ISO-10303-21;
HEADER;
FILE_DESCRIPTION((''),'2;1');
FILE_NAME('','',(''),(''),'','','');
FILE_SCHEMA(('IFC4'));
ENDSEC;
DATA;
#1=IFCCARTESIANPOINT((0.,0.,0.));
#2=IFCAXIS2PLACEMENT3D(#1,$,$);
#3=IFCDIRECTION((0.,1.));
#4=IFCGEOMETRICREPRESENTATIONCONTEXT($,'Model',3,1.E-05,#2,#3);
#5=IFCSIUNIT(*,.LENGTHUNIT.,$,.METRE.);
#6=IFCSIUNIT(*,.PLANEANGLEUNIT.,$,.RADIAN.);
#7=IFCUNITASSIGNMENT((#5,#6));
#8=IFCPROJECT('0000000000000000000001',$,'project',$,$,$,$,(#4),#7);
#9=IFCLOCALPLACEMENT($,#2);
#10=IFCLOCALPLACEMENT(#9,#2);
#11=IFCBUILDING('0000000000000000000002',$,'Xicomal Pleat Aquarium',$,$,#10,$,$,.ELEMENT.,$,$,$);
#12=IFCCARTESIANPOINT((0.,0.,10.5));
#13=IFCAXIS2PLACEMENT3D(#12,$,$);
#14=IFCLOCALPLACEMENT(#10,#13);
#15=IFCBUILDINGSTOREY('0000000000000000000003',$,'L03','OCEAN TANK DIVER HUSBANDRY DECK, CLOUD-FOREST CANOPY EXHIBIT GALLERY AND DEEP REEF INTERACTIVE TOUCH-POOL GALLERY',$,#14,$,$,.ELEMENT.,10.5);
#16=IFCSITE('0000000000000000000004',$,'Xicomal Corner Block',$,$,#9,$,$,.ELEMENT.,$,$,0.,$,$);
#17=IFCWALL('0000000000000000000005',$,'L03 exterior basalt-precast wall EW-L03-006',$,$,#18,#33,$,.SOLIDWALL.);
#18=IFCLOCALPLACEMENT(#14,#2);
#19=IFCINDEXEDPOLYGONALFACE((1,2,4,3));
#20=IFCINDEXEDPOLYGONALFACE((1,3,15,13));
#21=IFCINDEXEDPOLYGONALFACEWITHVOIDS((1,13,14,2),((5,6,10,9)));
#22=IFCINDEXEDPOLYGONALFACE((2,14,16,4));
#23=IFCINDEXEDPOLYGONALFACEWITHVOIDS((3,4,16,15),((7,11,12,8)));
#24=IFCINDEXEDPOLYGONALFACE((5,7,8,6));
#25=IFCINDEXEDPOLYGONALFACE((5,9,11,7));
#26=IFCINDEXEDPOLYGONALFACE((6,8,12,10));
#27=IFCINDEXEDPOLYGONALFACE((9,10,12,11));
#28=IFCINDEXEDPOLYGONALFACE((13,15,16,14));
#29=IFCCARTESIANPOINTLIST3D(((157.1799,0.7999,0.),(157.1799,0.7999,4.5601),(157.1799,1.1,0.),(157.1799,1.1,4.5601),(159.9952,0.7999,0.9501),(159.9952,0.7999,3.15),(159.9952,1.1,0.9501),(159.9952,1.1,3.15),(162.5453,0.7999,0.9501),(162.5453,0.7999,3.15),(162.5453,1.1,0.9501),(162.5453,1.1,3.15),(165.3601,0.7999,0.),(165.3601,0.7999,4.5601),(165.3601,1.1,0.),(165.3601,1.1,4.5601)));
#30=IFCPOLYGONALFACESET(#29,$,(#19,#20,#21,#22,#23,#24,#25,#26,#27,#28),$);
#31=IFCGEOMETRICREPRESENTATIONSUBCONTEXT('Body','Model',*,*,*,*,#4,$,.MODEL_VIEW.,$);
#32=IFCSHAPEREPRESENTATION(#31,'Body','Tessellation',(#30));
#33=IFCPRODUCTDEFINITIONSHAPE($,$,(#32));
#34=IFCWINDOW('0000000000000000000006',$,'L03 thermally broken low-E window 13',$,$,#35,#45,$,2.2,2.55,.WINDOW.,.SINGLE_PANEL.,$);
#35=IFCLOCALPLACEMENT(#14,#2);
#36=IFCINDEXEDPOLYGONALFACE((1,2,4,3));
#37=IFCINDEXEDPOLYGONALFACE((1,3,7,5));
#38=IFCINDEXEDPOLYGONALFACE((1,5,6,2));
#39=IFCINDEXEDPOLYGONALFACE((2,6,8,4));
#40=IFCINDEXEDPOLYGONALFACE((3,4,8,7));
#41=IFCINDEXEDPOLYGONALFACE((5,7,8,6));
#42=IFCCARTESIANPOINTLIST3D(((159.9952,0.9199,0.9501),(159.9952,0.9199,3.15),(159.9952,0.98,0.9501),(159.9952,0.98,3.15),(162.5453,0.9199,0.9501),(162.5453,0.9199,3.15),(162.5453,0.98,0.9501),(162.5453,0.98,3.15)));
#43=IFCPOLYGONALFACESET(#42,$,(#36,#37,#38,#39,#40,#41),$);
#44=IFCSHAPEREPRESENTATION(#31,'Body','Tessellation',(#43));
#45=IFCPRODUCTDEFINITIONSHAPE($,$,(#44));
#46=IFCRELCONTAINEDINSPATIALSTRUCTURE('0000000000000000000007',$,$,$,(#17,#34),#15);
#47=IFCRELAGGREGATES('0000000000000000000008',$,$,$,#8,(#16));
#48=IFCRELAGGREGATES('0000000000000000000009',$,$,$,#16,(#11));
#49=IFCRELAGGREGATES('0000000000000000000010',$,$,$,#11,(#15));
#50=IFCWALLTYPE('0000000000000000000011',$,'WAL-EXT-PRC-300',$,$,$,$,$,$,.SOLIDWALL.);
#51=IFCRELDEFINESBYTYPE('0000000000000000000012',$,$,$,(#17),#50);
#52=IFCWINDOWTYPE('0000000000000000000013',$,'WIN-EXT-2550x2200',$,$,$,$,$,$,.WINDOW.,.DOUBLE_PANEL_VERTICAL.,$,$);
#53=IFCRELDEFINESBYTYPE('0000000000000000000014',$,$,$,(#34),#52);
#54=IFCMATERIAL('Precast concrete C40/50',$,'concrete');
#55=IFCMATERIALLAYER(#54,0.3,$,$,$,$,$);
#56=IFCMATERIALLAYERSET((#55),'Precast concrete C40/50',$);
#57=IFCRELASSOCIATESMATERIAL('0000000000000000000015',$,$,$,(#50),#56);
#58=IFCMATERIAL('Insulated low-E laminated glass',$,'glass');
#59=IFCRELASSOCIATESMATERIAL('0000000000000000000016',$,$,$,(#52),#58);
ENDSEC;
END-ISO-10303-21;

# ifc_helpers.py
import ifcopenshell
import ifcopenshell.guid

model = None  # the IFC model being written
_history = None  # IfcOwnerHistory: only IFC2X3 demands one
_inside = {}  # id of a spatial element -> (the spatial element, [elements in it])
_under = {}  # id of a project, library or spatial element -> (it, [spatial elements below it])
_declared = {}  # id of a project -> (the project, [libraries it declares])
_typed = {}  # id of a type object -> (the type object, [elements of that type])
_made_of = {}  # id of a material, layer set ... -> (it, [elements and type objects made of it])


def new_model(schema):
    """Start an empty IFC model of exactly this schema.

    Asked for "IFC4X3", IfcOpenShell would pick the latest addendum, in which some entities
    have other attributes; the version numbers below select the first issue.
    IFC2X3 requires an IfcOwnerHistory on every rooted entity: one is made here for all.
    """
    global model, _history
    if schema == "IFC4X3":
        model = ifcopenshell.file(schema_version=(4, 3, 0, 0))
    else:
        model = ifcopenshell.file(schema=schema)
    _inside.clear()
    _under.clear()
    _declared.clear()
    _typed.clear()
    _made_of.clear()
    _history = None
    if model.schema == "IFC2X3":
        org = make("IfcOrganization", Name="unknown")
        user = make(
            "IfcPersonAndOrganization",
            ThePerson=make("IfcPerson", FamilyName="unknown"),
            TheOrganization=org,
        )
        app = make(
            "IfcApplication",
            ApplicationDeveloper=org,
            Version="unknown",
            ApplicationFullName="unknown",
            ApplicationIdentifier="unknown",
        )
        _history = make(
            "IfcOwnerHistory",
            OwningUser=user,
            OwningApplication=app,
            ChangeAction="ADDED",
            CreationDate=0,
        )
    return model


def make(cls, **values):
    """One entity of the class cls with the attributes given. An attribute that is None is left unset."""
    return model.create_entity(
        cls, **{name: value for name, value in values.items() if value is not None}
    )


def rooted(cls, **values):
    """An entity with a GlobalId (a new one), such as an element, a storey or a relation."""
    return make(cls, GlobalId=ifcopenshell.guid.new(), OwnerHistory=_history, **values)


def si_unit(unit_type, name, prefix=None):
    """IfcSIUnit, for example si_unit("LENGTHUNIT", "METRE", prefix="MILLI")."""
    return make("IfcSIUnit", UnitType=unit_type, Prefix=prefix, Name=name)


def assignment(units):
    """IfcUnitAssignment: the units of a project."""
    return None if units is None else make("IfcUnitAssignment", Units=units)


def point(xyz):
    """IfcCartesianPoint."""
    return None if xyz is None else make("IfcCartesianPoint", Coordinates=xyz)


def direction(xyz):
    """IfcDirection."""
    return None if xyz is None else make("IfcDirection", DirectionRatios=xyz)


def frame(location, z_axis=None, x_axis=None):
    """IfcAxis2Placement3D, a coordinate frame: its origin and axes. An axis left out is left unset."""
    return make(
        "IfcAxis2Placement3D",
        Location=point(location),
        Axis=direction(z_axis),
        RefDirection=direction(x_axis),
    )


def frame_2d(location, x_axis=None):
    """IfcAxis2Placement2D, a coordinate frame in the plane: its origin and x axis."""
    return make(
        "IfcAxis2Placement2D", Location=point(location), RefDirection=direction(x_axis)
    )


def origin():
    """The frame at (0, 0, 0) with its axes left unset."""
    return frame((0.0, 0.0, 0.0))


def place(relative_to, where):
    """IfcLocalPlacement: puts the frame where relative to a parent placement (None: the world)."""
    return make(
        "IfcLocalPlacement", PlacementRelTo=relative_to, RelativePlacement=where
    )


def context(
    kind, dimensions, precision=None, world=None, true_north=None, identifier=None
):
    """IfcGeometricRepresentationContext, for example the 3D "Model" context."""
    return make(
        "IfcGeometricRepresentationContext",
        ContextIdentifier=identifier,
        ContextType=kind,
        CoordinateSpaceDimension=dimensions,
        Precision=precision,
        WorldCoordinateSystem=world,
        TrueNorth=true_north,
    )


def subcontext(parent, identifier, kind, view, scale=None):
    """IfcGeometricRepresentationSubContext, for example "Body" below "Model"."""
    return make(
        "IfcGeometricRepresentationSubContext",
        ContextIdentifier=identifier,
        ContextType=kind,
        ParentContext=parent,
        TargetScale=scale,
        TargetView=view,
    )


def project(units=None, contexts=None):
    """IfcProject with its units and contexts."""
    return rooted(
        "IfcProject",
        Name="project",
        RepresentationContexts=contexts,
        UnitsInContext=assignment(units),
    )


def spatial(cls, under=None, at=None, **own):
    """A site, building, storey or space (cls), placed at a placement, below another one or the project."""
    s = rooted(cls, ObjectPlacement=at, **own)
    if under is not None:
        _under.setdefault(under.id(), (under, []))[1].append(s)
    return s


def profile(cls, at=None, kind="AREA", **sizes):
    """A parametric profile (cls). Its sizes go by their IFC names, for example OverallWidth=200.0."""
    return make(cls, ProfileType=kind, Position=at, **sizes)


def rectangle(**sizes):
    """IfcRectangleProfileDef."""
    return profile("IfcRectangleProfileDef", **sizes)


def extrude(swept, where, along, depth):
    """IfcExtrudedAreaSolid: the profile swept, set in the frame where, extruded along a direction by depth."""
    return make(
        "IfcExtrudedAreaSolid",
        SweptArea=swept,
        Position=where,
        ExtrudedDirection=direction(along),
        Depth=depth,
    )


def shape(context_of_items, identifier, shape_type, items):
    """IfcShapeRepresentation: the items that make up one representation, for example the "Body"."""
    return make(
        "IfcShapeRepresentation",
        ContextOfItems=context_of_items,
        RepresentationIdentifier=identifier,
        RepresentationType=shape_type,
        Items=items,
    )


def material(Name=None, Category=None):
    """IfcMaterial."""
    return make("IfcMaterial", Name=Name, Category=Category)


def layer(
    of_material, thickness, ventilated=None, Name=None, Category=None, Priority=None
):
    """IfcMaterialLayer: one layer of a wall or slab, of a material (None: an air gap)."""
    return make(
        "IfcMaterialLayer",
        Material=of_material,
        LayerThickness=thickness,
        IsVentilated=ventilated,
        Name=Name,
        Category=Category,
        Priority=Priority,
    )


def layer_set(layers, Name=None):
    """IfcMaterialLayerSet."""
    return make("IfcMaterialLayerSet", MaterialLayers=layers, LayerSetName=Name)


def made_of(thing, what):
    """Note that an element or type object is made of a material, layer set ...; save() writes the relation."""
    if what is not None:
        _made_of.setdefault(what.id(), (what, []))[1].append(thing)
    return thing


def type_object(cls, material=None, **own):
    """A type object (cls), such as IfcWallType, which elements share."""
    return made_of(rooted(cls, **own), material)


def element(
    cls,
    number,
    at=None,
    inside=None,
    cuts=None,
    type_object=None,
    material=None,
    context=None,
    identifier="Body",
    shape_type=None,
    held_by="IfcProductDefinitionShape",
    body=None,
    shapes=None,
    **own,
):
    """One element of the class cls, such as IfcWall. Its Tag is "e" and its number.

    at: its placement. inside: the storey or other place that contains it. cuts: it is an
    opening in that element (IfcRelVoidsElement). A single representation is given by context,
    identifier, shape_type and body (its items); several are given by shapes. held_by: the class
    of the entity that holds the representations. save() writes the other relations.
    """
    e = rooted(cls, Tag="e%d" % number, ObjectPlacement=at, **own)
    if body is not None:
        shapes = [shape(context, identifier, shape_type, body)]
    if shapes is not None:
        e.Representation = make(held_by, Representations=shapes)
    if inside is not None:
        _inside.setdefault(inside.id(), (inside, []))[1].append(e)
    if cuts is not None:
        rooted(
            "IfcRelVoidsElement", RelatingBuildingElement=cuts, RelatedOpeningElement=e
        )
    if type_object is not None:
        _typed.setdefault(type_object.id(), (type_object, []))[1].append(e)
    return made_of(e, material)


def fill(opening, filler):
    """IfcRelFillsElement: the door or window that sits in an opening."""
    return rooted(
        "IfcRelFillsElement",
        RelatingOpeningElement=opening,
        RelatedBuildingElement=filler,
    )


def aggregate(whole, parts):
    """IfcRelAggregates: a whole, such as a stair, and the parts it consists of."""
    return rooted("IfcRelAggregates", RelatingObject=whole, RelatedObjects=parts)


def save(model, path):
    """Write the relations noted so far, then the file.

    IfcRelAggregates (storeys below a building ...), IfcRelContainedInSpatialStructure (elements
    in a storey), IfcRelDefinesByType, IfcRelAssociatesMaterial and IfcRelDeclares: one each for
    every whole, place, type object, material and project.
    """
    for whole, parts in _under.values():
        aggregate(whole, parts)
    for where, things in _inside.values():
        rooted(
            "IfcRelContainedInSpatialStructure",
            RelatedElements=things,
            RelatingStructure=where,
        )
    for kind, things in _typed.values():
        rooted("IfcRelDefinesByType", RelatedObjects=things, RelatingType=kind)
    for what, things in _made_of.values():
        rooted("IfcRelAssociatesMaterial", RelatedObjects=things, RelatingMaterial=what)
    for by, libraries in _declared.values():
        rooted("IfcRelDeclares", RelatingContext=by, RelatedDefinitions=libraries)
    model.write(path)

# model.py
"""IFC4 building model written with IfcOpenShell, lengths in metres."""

from ifc_helpers import new_model, si_unit, direction, frame, frame_2d, origin, place, context, subcontext, project, spatial, rectangle, extrude, material, layer, layer_set, type_object, element, fill, save


model = new_model("IFC4")

# Units and contexts
model_context = context("Model", 3, precision=1e-05, world=origin(), true_north=direction((0.0, 1.0)))
body_context = subcontext(model_context, "Body", "Model", "MODEL_VIEW")
ifc_project = project(units=[si_unit("LENGTHUNIT", "METRE"), si_unit("PLANEANGLEUNIT", "RADIAN")], contexts=[model_context])

# Site, building, storey
site_placement = place(None, origin())
site = spatial("IfcSite", under=ifc_project, at=site_placement, Name="Xicomal Corner Block", CompositionType="ELEMENT", RefElevation=0.0)
building_placement = place(site_placement, origin())
building = spatial("IfcBuilding", under=site, at=building_placement, Name="Xicomal Pleat Aquarium", CompositionType="ELEMENT")
storey_placement = place(building_placement, frame((0.0, 0.0, 10.5)))
storey = spatial("IfcBuildingStorey", under=building, at=storey_placement, Name="L03", Description="OCEAN TANK DIVER HUSBANDRY DECK, CLOUD-FOREST CANOPY EXHIBIT GALLERY AND DEEP REEF INTERACTIVE TOUCH-POOL GALLERY", CompositionType="ELEMENT", Elevation=10.5)

# Wall, opening, window
ifc_material_1 = material(Name="Precast concrete C40/50", Category="concrete")
ifc_layer_1 = layer(ifc_material_1, 0.3)
ifc_layer_set_1 = layer_set([ifc_layer_1], Name="Precast concrete C40/50")
wall_type = type_object("IfcWallType", Name="WAL-EXT-PRC-300", PredefinedType="SOLIDWALL", material=ifc_layer_set_1)
wall_placement = place(storey_placement, frame((165.3601, 0.95, 0.0), z_axis=(0.0, 0.0, 1.0), x_axis=(-1.0, 0.0, 0.0)))
wall = element("IfcWall", 1, at=wall_placement, inside=storey, type_object=wall_type, Name="L03 exterior basalt-precast wall EW-L03-006", PredefinedType="SOLIDWALL", context=body_context, shape_type="SweptSolid", body=[
    extrude(rectangle(XDim=8.1802, YDim=0.3, at=frame_2d((4.0901, 0.0))), origin(), (0.0, 0.0, 1.0), 4.5601),
])
opening_placement = place(wall_placement, frame((2.8149, 0.0, 0.95)))
opening = element("IfcOpeningElement", 2, at=opening_placement, cuts=wall, PredefinedType="OPENING", context=body_context, shape_type="SweptSolid", body=[
    extrude(rectangle(XDim=2.55, YDim=2.2, at=frame_2d((1.2749, 1.1001))), frame((0.0, 0.1599, 0.0), z_axis=(0.0, -1.0, 0.0), x_axis=(1.0, 0.0, 0.0)), (0.0, 0.0, 1.0), 0.3201),
])
ifc_material_2 = material(Name="Insulated low-E laminated glass", Category="glass")
window_type = type_object("IfcWindowType", Name="WIN-EXT-2550x2200", PartitioningType="DOUBLE_PANEL_VERTICAL", PredefinedType="WINDOW", material=ifc_material_2)
window_placement = place(opening_placement, origin())
window = element("IfcWindow", 3, at=window_placement, inside=storey, type_object=window_type, Name="L03 thermally broken low-E window 13", OverallHeight=2.2, OverallWidth=2.55, PartitioningType="SINGLE_PANEL", PredefinedType="WINDOW", context=body_context, shape_type="SweptSolid", body=[
    extrude(rectangle(XDim=2.55, YDim=2.2, at=frame_2d((1.2749, 1.1001))), frame((0.0, 0.03, 0.0), z_axis=(0.0, -1.0, 0.0), x_axis=(1.0, 0.0, 0.0)), (0.0, 0.0, 1.0), 0.0601),
])
fill(opening, window)

save(model, "model.ifc")
